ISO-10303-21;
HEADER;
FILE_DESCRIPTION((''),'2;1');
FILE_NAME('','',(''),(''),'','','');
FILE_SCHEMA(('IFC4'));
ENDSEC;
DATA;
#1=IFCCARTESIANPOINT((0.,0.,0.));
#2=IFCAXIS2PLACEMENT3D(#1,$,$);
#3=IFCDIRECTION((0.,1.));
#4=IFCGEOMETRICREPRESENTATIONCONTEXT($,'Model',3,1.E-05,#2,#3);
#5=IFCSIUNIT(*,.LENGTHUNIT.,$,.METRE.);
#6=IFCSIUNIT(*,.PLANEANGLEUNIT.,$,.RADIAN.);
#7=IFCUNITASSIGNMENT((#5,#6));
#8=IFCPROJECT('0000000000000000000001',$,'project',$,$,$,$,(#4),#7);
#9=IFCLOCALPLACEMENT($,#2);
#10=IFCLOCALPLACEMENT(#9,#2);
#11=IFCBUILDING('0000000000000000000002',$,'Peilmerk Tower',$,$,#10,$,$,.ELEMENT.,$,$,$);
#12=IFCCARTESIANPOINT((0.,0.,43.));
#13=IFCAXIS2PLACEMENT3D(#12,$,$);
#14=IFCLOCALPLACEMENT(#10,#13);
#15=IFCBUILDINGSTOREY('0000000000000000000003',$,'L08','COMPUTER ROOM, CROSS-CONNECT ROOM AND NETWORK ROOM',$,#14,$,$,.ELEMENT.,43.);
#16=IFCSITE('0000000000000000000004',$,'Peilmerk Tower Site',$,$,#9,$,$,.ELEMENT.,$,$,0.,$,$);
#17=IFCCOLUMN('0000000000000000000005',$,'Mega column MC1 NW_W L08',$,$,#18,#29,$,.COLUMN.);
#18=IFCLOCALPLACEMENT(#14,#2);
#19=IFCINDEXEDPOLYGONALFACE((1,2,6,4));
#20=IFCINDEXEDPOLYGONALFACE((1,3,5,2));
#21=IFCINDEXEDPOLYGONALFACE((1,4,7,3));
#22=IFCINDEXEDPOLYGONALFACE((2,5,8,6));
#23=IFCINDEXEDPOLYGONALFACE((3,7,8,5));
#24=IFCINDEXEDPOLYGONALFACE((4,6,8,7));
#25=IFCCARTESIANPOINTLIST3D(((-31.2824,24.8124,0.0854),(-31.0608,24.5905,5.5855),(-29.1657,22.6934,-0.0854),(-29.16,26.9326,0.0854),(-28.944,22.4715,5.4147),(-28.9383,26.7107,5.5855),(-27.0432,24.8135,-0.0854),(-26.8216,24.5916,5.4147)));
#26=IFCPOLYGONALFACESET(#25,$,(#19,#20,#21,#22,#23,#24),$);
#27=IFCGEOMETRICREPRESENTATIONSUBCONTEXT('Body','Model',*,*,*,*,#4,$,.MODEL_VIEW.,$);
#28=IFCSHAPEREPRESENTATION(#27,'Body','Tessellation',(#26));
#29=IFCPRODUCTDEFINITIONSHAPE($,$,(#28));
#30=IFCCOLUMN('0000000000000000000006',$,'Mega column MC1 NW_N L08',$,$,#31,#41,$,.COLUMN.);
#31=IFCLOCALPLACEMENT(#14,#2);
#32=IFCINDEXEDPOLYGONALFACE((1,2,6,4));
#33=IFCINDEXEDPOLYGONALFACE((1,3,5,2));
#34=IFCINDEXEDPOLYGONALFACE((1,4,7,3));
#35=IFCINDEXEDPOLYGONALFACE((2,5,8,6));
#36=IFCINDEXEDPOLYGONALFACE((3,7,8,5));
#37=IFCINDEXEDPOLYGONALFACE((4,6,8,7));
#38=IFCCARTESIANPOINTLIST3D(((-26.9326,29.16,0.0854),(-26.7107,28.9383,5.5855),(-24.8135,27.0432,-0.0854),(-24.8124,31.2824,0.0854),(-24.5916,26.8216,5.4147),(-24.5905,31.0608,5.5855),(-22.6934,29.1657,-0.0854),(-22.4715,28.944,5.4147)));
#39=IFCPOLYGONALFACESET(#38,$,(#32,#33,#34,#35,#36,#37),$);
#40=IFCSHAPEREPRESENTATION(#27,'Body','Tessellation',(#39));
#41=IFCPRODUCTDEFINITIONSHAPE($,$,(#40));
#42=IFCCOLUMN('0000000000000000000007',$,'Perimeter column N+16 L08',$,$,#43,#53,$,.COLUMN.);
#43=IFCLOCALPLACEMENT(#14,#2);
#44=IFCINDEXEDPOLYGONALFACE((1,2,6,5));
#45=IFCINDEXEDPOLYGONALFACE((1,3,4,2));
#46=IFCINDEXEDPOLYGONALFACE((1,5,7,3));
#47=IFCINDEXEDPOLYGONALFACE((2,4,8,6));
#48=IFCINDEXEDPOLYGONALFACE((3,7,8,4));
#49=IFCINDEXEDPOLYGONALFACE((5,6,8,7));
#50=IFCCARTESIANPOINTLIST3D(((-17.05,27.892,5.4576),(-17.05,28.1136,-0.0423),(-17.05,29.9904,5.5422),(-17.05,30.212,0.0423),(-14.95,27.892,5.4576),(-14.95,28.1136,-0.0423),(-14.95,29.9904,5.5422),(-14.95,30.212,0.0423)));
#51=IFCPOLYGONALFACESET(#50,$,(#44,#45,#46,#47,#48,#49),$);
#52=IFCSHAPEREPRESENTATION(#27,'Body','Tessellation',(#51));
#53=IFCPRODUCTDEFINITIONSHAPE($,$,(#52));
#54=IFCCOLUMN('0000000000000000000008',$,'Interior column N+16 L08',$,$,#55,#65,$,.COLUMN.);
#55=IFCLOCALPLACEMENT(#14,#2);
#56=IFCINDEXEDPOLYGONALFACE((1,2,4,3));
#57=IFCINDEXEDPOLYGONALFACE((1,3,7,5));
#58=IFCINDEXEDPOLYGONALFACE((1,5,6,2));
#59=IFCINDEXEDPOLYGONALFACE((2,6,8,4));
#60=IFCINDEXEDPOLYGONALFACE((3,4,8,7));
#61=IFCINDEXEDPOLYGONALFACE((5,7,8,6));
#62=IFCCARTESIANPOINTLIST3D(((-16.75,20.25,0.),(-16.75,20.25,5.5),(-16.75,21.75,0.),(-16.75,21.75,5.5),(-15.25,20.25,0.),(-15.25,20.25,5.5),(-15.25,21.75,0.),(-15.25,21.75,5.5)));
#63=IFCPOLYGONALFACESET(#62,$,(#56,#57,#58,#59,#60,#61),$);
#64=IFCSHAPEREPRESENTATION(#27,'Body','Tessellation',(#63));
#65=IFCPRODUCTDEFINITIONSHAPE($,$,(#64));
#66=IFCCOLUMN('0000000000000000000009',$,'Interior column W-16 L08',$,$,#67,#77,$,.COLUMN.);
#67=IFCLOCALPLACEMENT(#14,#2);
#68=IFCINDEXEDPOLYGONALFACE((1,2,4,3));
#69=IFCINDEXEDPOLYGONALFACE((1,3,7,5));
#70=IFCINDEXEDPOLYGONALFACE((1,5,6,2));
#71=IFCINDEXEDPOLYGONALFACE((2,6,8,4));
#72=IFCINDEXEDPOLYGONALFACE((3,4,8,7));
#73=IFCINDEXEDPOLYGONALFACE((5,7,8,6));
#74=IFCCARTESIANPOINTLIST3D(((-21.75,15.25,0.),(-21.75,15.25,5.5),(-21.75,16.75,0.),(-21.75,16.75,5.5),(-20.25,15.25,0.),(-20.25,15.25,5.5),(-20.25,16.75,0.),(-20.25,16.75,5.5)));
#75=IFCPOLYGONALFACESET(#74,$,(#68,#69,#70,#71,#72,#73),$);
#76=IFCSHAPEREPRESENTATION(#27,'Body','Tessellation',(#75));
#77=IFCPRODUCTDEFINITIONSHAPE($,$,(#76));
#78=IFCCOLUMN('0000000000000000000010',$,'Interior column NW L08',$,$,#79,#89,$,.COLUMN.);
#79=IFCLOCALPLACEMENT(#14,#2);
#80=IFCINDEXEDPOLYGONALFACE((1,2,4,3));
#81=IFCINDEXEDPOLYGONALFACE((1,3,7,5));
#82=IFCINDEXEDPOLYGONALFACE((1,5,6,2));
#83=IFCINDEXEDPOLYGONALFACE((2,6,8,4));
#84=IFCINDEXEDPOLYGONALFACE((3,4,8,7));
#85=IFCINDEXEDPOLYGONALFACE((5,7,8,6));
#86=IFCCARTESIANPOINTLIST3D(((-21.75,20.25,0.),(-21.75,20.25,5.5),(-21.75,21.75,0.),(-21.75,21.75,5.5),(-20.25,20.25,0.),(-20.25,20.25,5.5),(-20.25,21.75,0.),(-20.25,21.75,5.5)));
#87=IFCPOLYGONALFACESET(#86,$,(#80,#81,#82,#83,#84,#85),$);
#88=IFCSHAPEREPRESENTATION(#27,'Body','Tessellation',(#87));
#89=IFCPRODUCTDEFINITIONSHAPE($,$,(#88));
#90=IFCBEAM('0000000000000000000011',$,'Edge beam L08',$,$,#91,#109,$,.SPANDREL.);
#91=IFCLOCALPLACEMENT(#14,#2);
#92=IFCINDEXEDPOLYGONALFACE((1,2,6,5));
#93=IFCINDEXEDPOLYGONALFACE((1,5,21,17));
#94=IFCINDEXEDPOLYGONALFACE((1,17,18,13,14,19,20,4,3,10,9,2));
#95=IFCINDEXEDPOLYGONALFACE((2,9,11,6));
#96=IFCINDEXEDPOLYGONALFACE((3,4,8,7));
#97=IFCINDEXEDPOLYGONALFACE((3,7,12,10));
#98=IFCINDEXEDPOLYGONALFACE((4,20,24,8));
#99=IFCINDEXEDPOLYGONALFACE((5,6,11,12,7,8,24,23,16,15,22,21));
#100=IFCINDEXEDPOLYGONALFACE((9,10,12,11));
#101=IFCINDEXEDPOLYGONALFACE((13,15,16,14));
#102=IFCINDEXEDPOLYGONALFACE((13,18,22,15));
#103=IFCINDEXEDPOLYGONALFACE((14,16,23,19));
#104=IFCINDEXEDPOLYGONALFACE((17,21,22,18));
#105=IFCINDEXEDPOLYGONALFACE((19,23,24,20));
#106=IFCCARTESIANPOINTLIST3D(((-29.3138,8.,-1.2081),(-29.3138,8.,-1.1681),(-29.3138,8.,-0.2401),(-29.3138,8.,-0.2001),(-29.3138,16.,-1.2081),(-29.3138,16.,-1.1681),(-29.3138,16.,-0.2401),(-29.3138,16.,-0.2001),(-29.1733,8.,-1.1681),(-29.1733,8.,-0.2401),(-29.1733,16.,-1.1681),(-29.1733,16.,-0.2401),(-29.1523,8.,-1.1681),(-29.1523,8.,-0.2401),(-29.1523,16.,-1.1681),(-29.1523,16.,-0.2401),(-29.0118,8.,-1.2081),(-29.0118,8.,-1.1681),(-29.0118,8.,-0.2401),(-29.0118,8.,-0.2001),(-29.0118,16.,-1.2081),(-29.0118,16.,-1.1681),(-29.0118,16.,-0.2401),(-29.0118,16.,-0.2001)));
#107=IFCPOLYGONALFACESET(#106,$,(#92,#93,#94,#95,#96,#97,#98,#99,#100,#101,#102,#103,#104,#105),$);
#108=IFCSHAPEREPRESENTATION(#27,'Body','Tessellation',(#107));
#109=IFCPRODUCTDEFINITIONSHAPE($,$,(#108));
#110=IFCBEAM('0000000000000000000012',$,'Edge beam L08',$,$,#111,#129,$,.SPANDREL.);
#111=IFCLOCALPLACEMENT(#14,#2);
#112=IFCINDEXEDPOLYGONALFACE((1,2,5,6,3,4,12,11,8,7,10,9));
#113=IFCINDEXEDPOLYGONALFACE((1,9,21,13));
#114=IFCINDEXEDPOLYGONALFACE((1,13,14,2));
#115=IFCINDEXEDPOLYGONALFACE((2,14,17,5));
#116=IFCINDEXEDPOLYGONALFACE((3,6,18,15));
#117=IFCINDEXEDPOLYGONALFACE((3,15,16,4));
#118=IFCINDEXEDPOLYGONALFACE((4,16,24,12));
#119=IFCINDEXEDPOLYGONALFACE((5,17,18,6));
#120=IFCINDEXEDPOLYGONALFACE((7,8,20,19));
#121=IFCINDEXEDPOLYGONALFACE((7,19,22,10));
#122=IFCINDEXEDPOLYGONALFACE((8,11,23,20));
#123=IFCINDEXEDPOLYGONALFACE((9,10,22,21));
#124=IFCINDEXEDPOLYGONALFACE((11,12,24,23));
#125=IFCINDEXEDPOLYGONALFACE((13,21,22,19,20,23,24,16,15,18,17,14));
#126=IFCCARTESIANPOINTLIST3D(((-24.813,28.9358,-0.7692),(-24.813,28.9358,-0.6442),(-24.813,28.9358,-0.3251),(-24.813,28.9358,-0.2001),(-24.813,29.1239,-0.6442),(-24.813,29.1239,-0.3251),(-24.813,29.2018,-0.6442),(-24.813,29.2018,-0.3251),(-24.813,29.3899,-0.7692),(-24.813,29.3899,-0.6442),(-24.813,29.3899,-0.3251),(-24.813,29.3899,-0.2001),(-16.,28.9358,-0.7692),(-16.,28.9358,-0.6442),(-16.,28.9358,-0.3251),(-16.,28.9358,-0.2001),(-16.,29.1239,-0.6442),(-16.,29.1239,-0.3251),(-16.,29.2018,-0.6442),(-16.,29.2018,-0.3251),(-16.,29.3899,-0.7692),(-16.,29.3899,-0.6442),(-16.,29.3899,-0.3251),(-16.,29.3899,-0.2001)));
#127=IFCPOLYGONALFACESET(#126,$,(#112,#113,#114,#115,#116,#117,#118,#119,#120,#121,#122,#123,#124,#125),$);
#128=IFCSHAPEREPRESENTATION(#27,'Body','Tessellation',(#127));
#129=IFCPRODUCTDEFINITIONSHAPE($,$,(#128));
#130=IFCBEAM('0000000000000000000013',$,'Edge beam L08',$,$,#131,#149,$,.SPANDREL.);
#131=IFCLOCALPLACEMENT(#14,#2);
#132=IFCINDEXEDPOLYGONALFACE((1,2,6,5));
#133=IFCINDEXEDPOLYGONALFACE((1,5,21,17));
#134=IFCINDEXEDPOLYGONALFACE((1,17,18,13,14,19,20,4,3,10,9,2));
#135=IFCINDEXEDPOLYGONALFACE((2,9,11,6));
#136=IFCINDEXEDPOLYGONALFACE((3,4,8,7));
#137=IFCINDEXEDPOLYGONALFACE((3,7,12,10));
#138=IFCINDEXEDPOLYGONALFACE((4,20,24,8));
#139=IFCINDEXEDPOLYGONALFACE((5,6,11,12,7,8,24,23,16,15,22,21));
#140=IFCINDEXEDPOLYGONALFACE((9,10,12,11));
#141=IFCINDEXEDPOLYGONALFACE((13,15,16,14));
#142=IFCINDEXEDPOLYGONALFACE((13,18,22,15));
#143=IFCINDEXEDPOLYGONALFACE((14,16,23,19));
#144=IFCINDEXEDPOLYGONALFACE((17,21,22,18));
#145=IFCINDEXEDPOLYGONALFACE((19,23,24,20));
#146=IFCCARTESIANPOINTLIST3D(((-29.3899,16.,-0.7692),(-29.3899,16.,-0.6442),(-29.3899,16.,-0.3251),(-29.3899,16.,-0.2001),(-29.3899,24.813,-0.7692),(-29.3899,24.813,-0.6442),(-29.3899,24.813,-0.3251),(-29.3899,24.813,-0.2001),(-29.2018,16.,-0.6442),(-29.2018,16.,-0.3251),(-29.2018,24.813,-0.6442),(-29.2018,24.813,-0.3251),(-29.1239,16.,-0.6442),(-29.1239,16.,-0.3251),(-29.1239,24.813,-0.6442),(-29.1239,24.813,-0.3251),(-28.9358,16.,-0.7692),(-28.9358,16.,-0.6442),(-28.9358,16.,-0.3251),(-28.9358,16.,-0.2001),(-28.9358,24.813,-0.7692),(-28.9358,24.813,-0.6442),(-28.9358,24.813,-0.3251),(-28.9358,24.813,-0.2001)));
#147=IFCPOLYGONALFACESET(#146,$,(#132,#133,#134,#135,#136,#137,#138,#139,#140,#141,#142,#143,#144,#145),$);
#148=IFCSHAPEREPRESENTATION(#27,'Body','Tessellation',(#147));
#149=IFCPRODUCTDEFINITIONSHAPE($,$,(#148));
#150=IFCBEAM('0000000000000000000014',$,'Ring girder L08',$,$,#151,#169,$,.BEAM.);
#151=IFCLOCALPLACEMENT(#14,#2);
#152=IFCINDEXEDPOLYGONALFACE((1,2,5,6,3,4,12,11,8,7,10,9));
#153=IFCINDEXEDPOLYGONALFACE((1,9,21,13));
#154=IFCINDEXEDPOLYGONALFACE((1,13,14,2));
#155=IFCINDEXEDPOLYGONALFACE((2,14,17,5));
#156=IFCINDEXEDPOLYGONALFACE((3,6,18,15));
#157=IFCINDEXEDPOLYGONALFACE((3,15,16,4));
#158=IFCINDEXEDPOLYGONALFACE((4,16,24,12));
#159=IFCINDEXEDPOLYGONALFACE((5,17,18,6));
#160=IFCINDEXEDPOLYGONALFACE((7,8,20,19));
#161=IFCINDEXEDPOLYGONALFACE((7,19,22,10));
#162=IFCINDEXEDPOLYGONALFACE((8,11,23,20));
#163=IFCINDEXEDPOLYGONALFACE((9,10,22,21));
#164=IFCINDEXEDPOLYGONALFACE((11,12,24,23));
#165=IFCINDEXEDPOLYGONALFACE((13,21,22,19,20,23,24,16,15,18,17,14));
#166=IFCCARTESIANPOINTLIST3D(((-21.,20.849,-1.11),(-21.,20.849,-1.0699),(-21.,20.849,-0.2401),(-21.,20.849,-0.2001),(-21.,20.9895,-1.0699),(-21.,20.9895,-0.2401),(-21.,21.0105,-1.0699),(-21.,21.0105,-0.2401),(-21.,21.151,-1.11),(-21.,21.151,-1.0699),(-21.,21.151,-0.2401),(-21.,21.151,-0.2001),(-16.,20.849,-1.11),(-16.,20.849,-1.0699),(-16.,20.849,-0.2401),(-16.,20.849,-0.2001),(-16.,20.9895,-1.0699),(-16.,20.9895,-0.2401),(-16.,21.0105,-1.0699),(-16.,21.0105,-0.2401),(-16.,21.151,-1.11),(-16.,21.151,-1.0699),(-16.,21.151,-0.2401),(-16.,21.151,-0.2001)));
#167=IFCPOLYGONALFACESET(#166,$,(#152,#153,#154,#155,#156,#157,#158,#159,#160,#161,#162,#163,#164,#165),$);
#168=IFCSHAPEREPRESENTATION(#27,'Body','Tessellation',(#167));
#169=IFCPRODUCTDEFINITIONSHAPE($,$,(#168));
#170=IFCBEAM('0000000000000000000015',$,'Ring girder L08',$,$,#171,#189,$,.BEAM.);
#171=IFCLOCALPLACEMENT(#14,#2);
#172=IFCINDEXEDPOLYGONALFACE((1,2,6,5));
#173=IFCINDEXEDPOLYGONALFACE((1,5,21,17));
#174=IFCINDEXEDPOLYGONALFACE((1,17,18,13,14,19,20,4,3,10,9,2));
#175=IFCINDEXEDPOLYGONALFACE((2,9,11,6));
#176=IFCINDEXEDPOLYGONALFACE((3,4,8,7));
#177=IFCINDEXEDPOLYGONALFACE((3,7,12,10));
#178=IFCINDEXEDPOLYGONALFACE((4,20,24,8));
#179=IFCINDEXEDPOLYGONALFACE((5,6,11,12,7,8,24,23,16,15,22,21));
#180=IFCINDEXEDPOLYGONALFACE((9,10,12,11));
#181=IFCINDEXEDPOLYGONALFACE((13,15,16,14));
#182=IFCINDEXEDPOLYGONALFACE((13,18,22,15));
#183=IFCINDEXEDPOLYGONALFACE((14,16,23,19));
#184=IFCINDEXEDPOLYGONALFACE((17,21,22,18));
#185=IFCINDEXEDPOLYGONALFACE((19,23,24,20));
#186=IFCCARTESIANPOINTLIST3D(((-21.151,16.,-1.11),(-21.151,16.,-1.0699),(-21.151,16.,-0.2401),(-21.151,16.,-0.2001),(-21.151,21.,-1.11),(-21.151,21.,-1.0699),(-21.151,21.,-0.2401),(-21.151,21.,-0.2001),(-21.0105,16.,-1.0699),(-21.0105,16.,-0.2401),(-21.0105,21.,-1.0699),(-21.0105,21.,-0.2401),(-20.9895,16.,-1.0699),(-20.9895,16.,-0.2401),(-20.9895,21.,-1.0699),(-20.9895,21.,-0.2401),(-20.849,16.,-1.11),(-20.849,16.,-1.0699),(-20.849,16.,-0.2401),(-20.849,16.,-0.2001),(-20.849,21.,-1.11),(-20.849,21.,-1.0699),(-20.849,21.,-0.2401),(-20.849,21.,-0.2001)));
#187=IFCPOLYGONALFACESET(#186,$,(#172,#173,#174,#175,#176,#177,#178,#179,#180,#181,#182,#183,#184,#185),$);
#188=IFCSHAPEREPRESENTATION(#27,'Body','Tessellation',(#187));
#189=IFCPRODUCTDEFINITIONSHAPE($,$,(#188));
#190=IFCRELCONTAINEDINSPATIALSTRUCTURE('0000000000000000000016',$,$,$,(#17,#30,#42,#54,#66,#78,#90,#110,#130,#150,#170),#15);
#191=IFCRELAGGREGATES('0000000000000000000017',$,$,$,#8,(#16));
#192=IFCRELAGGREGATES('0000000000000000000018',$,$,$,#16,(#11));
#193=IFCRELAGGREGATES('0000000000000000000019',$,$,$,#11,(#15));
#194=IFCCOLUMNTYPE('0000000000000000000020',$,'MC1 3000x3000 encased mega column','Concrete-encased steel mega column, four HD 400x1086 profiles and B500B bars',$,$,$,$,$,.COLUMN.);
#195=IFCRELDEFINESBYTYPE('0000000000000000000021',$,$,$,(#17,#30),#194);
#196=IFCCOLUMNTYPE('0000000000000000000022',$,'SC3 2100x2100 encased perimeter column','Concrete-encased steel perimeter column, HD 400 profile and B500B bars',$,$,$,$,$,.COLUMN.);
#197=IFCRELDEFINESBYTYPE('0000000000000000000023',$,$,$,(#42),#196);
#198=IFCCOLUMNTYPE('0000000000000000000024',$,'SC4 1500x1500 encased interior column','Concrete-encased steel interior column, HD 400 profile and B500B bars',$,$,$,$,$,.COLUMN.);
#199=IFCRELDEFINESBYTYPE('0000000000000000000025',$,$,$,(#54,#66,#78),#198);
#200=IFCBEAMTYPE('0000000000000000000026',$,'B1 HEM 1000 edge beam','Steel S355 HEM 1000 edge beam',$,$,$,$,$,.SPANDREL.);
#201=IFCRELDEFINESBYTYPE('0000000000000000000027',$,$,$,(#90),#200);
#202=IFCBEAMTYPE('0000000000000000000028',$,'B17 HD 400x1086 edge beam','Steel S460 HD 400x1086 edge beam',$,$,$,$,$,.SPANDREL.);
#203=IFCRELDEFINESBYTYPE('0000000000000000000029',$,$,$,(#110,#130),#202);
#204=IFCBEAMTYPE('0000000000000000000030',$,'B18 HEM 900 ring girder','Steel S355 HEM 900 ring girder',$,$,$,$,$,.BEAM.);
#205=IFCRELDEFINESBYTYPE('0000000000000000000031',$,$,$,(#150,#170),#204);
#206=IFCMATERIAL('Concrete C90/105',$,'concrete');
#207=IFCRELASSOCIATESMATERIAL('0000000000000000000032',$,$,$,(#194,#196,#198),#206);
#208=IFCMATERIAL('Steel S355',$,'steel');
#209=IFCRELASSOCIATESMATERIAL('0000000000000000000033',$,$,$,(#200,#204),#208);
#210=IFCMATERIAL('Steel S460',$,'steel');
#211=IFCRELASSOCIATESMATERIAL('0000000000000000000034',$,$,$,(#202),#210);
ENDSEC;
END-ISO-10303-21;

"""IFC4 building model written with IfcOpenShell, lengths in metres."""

from ifc_helpers import new_model, si_unit, direction, frame, origin, origin_2d, place, context, subcontext, project, spatial, rectangle, i_section, extrude, material, material_profile, profile_set, type_object, element, save


model = new_model("IFC4")

# Units and contexts
model_context = context("Model", 3, precision=1e-05, world=origin(), true_north=direction((0.0, 1.0)))
body_context = subcontext(model_context, "Body", "Model", "MODEL_VIEW")
ifc_project = project(units=[si_unit("LENGTHUNIT", "METRE"), si_unit("PLANEANGLEUNIT", "RADIAN")], contexts=[model_context])

# Site, building, storey
site_placement = place(None, origin())
site = spatial("IfcSite", under=ifc_project, at=site_placement, Name="Peilmerk Tower Site", CompositionType="ELEMENT", RefElevation=0.0)
building_placement = place(site_placement, origin())
building = spatial("IfcBuilding", under=site, at=building_placement, Name="Peilmerk Tower", CompositionType="ELEMENT")
storey_placement = place(building_placement, frame((0.0, 0.0, 43.0)))
storey = spatial("IfcBuildingStorey", under=building, at=storey_placement, Name="L08", Description="COMPUTER ROOM, CROSS-CONNECT ROOM AND NETWORK ROOM", CompositionType="ELEMENT", Elevation=43.0)

# Columns
ifc_material_1 = material(Name="Concrete C90/105", Category="concrete")
ifc_material_profile_1 = material_profile(ifc_material_1, rectangle(XDim=3.0, YDim=3.0, at=origin_2d()), Name="RC 3000x3000")
ifc_profile_set_1 = profile_set([ifc_material_profile_1], Name="Concrete C90/105")
column_type_1 = type_object("IfcColumnType", Name="MC1 3000x3000 encased mega column", Description="Concrete-encased steel mega column, four HD 400x1086 profiles and B500B bars", PredefinedType="COLUMN", material=ifc_profile_set_1)
for number, where, z_axis, x_axis, name in (
    (1, (-29.1628, 24.813, 0.0), (0.04024, -0.040284, 0.998378), (0.707496, 0.706718, 0.0), "Mega column MC1 NW_W L08"),
    (2, (-24.813, 29.1628, 0.0), (0.040284, -0.04024, 0.998378), (0.706718, 0.707496, 0.0), "Mega column MC1 NW_N L08"),
):
    element("IfcColumn", number, at=place(storey_placement, frame(where, z_axis=z_axis, x_axis=x_axis)), inside=storey, type_object=column_type_1, Name=name, PredefinedType="COLUMN", context=body_context, shape_type="SweptSolid", body=[
        extrude(rectangle(XDim=3.0, YDim=3.0, at=origin_2d()), origin(), (0.0, 0.0, 1.0), 5.509),
    ])
ifc_material_profile_2 = material_profile(ifc_material_1, rectangle(XDim=2.1001, YDim=2.1001, at=origin_2d()), Name="RC 2100x2100")
ifc_profile_set_2 = profile_set([ifc_material_profile_2], Name="Concrete C90/105")
column_type_2 = type_object("IfcColumnType", Name="SC3 2100x2100 encased perimeter column", Description="Concrete-encased steel perimeter column, HD 400 profile and B500B bars", PredefinedType="COLUMN", material=ifc_profile_set_2)
column_placement = place(storey_placement, frame((-16.0, 29.1628, 0.0), z_axis=(0.0, -0.040273, 0.999189), x_axis=(1.0, 0.0, 0.0)))
element("IfcColumn", 3, at=column_placement, inside=storey, type_object=column_type_2, Name="Perimeter column N+16 L08", PredefinedType="COLUMN", context=body_context, shape_type="SweptSolid", body=[
    extrude(rectangle(XDim=2.1001, YDim=2.1001, at=origin_2d()), origin(), (0.0, 0.0, 1.0), 5.5044),
])
ifc_material_profile_3 = material_profile(ifc_material_1, rectangle(XDim=1.5, YDim=1.5, at=origin_2d()), Name="RC 1500x1500")
ifc_profile_set_3 = profile_set([ifc_material_profile_3], Name="Concrete C90/105")
column_type_3 = type_object("IfcColumnType", Name="SC4 1500x1500 encased interior column", Description="Concrete-encased steel interior column, HD 400 profile and B500B bars", PredefinedType="COLUMN", material=ifc_profile_set_3)
for number, where, z_axis, x_axis, name in (
    (4, (-16.0, 21.0, 0.0), (0.0, 0.0, 1.0), (1.0, 0.0, 0.0), "Interior column N+16 L08"),
    (5, (-21.0, 16.0, 0.0), (0.0, 0.0, 1.0), (1.0, 0.0, 0.0), "Interior column W-16 L08"),
    (6, (-21.0, 21.0, 0.0), (0.0, 0.0, 1.0), (1.0, 0.0, 0.0), "Interior column NW L08"),
):
    element("IfcColumn", number, at=place(storey_placement, frame(where, z_axis=z_axis, x_axis=x_axis)), inside=storey, type_object=column_type_3, Name=name, PredefinedType="COLUMN", context=body_context, shape_type="SweptSolid", body=[
        extrude(rectangle(XDim=1.5, YDim=1.5, at=origin_2d()), origin(), (0.0, 0.0, 1.0), 5.5),
    ])

# Beams
ifc_material_2 = material(Name="Steel S355", Category="steel")
ifc_material_profile_4 = material_profile(ifc_material_2, i_section(OverallWidth=0.302, OverallDepth=1.0081, WebThickness=0.021, FlangeThickness=0.04, at=origin_2d()), Name="HEM 1000")
ifc_profile_set_4 = profile_set([ifc_material_profile_4], Name="Steel S355")
beam_type_1 = type_object("IfcBeamType", Name="B1 HEM 1000 edge beam", Description="Steel S355 HEM 1000 edge beam", PredefinedType="SPANDREL", material=ifc_profile_set_4)
beam_1_placement = place(storey_placement, frame((-29.1628, 16.0, -0.7041), z_axis=(0.0, -1.0, 0.0), x_axis=(1.0, 0.0, 0.0)))
element("IfcBeam", 7, at=beam_1_placement, inside=storey, type_object=beam_type_1, Name="Edge beam L08", PredefinedType="SPANDREL", context=body_context, shape_type="SweptSolid", body=[
    extrude(i_section(OverallWidth=0.302, OverallDepth=1.0081, WebThickness=0.021, FlangeThickness=0.04, at=origin_2d()), origin(), (0.0, 0.0, 1.0), 8.0),
])
ifc_material_3 = material(Name="Steel S460", Category="steel")
ifc_material_profile_5 = material_profile(ifc_material_3, i_section(OverallWidth=0.4541, OverallDepth=0.5691, WebThickness=0.0779, FlangeThickness=0.125, at=origin_2d()), Name="HD 400x1086")
ifc_profile_set_5 = profile_set([ifc_material_profile_5], Name="Steel S460")
beam_type_2 = type_object("IfcBeamType", Name="B17 HD 400x1086 edge beam", Description="Steel S460 HD 400x1086 edge beam", PredefinedType="SPANDREL", material=ifc_profile_set_5)
for number, where, z_axis, x_axis, name in (
    (8, (-16.0, 29.1628, -0.4846), (-1.0, 0.0, 0.0), (0.0, -1.0, 0.0), "Edge beam L08"),
    (9, (-29.1628, 24.813, -0.4846), (0.0, -1.0, 0.0), (1.0, 0.0, 0.0), "Edge beam L08"),
):
    element("IfcBeam", number, at=place(storey_placement, frame(where, z_axis=z_axis, x_axis=x_axis)), inside=storey, type_object=beam_type_2, Name=name, PredefinedType="SPANDREL", context=body_context, shape_type="SweptSolid", body=[
        extrude(i_section(OverallWidth=0.4541, OverallDepth=0.5691, WebThickness=0.0779, FlangeThickness=0.125, at=origin_2d()), origin(), (0.0, 0.0, 1.0), 8.813),
    ])
ifc_material_profile_6 = material_profile(ifc_material_2, i_section(OverallWidth=0.302, OverallDepth=0.9099, WebThickness=0.021, FlangeThickness=0.04, at=origin_2d()), Name="HEM 900")
ifc_profile_set_6 = profile_set([ifc_material_profile_6], Name="Steel S355")
beam_type_3 = type_object("IfcBeamType", Name="B18 HEM 900 ring girder", Description="Steel S355 HEM 900 ring girder", PredefinedType="BEAM", material=ifc_profile_set_6)
for number, where, z_axis, x_axis, name in (
    (10, (-16.0, 21.0, -0.655), (-1.0, 0.0, 0.0), (0.0, -1.0, 0.0), "Ring girder L08"),
    (11, (-21.0, 21.0, -0.655), (0.0, -1.0, 0.0), (1.0, 0.0, 0.0), "Ring girder L08"),
):
    element("IfcBeam", number, at=place(storey_placement, frame(where, z_axis=z_axis, x_axis=x_axis)), inside=storey, type_object=beam_type_3, Name=name, PredefinedType="BEAM", context=body_context, shape_type="SweptSolid", body=[
        extrude(i_section(OverallWidth=0.302, OverallDepth=0.9099, WebThickness=0.021, FlangeThickness=0.04, at=origin_2d()), origin(), (0.0, 0.0, 1.0), 5.0),
    ])

save(model, "model.ifc")
